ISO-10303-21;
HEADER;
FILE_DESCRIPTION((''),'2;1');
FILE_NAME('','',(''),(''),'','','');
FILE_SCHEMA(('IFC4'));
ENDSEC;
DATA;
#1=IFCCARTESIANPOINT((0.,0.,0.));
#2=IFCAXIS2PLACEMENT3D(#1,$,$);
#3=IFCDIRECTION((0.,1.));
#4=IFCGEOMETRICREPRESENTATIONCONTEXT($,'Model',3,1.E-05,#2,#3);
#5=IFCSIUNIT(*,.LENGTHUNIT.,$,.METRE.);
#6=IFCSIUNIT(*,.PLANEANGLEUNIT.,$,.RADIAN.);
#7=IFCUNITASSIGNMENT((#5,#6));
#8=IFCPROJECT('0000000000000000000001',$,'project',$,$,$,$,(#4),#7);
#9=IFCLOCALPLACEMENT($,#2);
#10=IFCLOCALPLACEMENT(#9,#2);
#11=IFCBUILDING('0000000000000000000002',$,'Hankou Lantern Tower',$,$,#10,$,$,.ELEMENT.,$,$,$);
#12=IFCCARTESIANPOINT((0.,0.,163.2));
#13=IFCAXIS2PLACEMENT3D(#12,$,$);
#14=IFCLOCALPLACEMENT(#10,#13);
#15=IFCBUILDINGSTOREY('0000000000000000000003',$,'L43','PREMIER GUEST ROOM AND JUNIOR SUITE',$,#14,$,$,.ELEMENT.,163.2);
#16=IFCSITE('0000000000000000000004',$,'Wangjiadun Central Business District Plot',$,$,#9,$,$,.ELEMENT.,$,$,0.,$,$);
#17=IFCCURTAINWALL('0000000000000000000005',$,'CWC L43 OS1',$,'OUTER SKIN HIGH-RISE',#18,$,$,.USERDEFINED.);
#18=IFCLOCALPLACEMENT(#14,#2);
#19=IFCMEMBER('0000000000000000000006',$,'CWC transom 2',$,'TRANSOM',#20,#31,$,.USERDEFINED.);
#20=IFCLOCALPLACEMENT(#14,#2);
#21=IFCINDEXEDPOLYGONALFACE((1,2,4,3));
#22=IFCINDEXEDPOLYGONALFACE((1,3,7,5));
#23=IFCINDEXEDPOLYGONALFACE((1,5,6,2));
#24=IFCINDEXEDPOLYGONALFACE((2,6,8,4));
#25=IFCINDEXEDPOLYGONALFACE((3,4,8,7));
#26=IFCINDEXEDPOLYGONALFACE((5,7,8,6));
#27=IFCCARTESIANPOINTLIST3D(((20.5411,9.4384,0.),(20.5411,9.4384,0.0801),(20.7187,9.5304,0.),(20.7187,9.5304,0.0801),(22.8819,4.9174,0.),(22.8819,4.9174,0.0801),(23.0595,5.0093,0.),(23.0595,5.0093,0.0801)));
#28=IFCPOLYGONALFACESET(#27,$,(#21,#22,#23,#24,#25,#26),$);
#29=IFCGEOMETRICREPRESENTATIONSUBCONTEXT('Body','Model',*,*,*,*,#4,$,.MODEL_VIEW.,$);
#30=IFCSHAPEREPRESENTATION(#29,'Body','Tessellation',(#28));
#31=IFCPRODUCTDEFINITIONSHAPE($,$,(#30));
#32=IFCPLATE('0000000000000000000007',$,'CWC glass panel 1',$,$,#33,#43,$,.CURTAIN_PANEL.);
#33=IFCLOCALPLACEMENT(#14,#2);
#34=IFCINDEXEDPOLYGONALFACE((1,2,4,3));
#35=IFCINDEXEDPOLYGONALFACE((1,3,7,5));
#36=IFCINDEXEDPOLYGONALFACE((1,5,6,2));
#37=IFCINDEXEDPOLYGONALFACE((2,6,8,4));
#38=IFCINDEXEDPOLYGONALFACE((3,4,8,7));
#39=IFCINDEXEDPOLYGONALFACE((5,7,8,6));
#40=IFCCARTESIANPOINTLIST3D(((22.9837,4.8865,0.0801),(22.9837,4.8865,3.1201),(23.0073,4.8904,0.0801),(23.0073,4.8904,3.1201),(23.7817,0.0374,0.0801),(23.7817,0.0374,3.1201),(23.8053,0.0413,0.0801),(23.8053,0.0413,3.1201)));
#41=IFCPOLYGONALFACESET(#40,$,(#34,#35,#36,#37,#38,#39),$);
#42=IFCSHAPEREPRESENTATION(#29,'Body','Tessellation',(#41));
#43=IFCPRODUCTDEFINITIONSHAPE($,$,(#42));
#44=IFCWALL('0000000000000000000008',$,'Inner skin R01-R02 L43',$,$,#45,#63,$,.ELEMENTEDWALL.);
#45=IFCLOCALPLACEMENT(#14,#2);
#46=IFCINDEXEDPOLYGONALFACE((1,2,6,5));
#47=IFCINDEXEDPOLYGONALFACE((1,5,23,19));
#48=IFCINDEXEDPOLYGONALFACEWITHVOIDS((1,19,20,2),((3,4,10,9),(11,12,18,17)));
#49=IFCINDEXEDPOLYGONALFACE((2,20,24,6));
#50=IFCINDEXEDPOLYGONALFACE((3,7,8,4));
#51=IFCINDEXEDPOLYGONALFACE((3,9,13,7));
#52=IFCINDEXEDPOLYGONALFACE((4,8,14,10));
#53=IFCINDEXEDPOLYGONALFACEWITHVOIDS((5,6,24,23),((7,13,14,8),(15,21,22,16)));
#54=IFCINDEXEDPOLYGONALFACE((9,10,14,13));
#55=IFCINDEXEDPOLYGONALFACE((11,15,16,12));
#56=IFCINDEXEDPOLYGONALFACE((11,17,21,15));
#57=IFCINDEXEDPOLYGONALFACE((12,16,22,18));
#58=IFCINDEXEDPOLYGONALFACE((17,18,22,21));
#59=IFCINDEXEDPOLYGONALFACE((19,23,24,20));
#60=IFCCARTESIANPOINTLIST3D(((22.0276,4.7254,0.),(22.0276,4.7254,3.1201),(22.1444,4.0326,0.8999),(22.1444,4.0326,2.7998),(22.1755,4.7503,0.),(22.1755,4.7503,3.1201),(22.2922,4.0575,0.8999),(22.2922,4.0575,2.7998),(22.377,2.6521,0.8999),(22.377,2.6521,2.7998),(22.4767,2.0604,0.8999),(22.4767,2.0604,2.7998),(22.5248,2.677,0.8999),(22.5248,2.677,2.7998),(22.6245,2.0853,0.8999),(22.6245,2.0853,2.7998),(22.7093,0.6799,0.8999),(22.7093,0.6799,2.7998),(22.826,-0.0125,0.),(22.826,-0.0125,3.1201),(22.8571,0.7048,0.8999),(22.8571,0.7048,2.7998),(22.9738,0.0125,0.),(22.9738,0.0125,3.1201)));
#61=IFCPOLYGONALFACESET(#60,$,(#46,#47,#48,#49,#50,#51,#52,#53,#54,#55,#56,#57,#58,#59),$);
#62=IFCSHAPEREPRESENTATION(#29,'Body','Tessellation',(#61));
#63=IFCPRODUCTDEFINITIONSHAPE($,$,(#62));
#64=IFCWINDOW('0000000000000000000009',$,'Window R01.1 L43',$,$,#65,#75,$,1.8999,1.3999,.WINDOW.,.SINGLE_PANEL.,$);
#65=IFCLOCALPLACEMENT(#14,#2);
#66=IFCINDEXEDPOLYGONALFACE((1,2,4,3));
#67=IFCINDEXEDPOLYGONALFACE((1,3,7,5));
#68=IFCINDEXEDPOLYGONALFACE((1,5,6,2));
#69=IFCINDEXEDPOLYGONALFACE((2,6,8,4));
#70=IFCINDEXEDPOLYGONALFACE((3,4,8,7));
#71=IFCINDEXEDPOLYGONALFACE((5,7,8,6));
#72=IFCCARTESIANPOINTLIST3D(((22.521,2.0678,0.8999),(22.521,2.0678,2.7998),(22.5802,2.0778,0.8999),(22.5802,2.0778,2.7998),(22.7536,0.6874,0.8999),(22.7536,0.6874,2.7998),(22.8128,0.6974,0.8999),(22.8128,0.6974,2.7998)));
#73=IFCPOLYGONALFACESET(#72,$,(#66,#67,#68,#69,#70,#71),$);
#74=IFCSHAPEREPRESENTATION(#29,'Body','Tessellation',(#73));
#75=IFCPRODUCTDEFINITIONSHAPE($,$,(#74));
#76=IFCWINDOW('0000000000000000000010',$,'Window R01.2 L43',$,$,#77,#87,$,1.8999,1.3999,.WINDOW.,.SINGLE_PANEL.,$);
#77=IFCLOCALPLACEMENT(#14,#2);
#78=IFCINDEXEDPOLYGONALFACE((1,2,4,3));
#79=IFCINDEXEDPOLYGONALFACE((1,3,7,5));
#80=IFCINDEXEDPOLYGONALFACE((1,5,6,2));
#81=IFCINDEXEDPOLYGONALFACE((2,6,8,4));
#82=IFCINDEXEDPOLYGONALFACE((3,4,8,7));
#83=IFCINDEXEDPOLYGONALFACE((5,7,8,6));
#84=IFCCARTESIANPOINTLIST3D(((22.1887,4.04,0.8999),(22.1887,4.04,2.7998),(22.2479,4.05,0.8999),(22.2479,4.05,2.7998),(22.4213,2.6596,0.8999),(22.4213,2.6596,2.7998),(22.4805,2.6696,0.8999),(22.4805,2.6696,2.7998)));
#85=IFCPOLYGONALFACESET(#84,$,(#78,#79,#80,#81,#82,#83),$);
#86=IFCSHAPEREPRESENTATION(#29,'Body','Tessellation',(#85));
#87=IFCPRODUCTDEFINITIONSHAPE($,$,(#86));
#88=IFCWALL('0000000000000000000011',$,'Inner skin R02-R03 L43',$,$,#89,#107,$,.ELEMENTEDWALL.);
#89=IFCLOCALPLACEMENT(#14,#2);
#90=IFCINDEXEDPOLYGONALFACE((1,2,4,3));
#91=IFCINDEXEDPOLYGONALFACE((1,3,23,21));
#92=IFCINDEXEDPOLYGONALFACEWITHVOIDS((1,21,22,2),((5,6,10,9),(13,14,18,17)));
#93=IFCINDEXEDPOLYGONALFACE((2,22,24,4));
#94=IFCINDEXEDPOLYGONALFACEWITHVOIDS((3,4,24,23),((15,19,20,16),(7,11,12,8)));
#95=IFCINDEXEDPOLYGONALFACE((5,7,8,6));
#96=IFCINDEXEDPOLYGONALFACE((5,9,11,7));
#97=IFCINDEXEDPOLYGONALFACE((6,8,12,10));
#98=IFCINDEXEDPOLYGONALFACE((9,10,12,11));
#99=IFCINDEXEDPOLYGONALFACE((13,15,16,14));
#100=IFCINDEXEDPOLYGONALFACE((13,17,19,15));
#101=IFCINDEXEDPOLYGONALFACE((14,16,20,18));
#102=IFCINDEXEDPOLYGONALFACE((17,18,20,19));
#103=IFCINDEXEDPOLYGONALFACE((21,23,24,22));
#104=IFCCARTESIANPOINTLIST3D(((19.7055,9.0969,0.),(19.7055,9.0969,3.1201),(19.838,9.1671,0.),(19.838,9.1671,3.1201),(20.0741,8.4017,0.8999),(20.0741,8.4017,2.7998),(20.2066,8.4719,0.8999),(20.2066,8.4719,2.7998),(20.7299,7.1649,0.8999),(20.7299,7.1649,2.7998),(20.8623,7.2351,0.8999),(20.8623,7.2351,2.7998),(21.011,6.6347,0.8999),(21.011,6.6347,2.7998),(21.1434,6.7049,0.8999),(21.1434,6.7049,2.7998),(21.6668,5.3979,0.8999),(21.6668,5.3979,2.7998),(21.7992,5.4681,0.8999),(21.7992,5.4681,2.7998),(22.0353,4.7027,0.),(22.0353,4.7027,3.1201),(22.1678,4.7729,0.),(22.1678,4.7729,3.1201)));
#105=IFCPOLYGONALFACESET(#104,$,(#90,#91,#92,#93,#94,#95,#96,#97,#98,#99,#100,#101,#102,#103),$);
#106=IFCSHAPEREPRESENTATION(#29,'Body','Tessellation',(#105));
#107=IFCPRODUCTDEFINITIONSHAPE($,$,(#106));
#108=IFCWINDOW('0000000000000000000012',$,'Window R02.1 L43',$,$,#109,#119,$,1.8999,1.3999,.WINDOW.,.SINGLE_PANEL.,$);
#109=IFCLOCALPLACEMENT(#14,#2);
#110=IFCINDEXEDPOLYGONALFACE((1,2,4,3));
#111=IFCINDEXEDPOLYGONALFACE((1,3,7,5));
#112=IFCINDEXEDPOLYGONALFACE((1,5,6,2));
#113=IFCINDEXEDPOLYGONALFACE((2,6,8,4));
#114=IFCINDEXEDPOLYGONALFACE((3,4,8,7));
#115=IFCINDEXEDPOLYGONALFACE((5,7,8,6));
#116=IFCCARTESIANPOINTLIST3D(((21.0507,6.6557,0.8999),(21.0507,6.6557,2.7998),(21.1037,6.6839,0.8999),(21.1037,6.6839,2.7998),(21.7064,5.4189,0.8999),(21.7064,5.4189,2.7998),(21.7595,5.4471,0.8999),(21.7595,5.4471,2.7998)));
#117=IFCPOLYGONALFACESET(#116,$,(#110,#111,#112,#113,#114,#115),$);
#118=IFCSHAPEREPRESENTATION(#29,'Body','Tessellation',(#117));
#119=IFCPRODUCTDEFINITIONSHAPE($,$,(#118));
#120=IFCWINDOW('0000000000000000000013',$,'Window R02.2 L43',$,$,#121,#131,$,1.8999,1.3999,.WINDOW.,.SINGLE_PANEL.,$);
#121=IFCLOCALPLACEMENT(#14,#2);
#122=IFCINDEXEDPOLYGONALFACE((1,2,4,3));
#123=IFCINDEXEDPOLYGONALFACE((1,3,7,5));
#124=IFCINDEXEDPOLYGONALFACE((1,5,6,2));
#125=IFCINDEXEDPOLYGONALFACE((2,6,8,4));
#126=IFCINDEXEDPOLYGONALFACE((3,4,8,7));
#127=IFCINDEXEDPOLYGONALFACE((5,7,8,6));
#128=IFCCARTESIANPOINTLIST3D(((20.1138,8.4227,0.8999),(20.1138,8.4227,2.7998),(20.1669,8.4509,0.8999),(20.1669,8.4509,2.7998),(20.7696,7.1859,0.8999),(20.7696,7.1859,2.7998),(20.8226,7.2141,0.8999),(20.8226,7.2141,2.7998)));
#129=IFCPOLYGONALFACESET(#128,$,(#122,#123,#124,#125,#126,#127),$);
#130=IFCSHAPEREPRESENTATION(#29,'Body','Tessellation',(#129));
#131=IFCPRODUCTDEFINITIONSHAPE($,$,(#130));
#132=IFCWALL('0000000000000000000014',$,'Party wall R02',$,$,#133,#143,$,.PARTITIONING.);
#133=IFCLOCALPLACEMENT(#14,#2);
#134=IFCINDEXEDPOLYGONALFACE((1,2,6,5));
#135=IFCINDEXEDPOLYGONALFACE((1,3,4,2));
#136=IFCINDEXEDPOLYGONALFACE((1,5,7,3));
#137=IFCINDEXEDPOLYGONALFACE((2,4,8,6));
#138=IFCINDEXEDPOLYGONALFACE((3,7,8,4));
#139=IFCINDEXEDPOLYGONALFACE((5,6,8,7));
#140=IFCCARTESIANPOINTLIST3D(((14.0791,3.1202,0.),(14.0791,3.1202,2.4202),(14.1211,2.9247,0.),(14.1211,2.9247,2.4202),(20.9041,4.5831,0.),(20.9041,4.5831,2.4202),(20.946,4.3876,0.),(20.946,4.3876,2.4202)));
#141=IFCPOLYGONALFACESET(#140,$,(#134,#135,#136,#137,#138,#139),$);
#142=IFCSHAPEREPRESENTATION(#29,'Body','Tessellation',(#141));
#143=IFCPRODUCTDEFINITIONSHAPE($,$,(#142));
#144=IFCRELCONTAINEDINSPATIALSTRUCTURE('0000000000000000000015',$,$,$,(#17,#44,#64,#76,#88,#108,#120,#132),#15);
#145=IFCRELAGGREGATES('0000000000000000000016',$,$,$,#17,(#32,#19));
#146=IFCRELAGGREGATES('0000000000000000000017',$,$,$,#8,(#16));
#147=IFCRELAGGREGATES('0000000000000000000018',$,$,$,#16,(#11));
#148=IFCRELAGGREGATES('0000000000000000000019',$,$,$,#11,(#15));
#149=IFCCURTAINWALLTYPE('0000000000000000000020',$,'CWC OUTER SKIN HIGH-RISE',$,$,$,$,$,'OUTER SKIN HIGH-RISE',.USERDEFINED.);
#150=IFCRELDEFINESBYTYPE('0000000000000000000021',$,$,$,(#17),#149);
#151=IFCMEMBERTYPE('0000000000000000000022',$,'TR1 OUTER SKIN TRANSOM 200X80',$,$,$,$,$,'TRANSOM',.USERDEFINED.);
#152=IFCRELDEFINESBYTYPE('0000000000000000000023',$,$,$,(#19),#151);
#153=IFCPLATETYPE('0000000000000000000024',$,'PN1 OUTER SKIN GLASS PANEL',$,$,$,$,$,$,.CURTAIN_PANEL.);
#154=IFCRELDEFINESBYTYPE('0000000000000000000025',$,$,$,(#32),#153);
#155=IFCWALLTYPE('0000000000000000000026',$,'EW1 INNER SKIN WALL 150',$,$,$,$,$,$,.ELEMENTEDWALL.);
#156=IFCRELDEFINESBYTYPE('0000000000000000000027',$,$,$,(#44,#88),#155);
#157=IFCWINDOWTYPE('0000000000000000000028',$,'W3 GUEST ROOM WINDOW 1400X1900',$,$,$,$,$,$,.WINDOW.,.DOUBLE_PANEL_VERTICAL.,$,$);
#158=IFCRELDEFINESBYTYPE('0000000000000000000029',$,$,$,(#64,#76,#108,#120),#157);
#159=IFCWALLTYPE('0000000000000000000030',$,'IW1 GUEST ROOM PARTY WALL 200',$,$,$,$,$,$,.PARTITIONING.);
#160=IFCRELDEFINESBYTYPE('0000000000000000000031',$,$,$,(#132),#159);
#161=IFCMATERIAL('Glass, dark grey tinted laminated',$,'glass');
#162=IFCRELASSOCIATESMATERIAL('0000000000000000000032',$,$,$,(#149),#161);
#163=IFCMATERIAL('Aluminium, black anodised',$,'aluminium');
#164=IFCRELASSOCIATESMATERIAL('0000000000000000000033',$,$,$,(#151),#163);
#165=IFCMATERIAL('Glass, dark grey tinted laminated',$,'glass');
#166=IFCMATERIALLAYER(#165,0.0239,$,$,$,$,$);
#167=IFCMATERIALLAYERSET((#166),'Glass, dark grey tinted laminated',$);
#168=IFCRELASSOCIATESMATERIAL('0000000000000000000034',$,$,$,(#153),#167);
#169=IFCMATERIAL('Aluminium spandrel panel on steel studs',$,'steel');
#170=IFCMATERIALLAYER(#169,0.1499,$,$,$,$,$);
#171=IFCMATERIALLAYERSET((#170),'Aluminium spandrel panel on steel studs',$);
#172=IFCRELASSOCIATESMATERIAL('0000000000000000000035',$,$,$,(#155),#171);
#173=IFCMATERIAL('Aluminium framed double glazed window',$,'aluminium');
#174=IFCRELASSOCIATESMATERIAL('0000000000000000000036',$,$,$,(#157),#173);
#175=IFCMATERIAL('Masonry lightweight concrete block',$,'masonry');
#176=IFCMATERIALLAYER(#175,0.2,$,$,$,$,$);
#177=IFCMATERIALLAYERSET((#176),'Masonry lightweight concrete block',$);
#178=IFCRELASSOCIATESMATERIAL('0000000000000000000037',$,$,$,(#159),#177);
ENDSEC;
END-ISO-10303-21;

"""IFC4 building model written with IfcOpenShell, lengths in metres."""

from ifc_helpers import new_model, si_unit, direction, frame, frame_2d, origin, origin_2d, place, context, subcontext, project, spatial, rectangle, extrude, material, layer, layer_set, material_profile, profile_set, type_object, element, fill, aggregate, save


model = new_model("IFC4")

# Units and contexts
model_context = context("Model", 3, precision=1e-05, world=origin(), true_north=direction((0.0, 1.0)))
body_context = subcontext(model_context, "Body", "Model", "MODEL_VIEW")
ifc_project = project(units=[si_unit("LENGTHUNIT", "METRE"), si_unit("PLANEANGLEUNIT", "RADIAN")], contexts=[model_context])

# Site, building, storey
site_placement = place(None, origin())
site = spatial("IfcSite", under=ifc_project, at=site_placement, Name="Wangjiadun Central Business District Plot", CompositionType="ELEMENT", RefElevation=0.0)
building_placement = place(site_placement, origin())
building = spatial("IfcBuilding", under=site, at=building_placement, Name="Hankou Lantern Tower", CompositionType="ELEMENT")
storey_placement = place(building_placement, frame((0.0, 0.0, 163.2)))
storey = spatial("IfcBuildingStorey", under=building, at=storey_placement, Name="L43", Description="PREMIER GUEST ROOM AND JUNIOR SUITE", CompositionType="ELEMENT", Elevation=163.2)

# Curtain wall
ifc_material_1 = material(Name="Glass, dark grey tinted laminated", Category="glass")
curtain_wall_type = type_object("IfcCurtainWallType", Name="CWC OUTER SKIN HIGH-RISE", ElementType="OUTER SKIN HIGH-RISE", PredefinedType="USERDEFINED", material=ifc_material_1)
curtain_wall_placement = place(storey_placement, origin())
curtain_wall = element("IfcCurtainWall", 1, at=curtain_wall_placement, inside=storey, type_object=curtain_wall_type, Name="CWC L43 OS1", ObjectType="OUTER SKIN HIGH-RISE", PredefinedType="USERDEFINED")

# Member
ifc_material_2 = material(Name="Aluminium, black anodised", Category="aluminium")
ifc_material_profile_1 = material_profile(ifc_material_2, rectangle(XDim=0.2, YDim=0.0801, at=origin_2d()), Name="TR1 200X80")
ifc_profile_set_1 = profile_set([ifc_material_profile_1], Name="Aluminium, black anodised")
member_type_1 = type_object("IfcMemberType", Name="TR1 OUTER SKIN TRANSOM 200X80", ElementType="TRANSOM", PredefinedType="USERDEFINED", material=ifc_profile_set_1)
member_1_placement = place(storey_placement, frame((22.9707, 4.9634, 0.04), z_axis=(-0.459791, 0.888027, 0.0), x_axis=(-0.888027, -0.459791, 0.0)))
member_1 = element("IfcMember", 2, at=member_1_placement, type_object=member_type_1, Name="CWC transom 2", ObjectType="TRANSOM", PredefinedType="USERDEFINED", context=body_context, shape_type="SweptSolid", body=[
    extrude(rectangle(XDim=0.2, YDim=0.0801, at=origin_2d()), origin(), (0.0, 0.0, 1.0), 5.0911),
])

# Plate
ifc_material_3 = material(Name="Glass, dark grey tinted laminated", Category="glass")
ifc_layer_1 = layer(ifc_material_3, 0.0239)
ifc_layer_set_1 = layer_set([ifc_layer_1], Name="Glass, dark grey tinted laminated")
plate_type = type_object("IfcPlateType", Name="PN1 OUTER SKIN GLASS PANEL", PredefinedType="CURTAIN_PANEL", material=ifc_layer_set_1)
plate_placement = place(storey_placement, frame((23.3945, 2.4639, 0.0801), z_axis=(0.0, 0.0, 1.0), x_axis=(-0.162382, 0.986728, 0.0)))
plate = element("IfcPlate", 3, at=plate_placement, type_object=plate_type, Name="CWC glass panel 1", PredefinedType="CURTAIN_PANEL", context=body_context, shape_type="SweptSolid", body=[
    extrude(rectangle(XDim=4.9143, YDim=0.0239, at=origin_2d()), origin(), (0.0, 0.0, 1.0), 3.04),
])
aggregate(curtain_wall, [plate, member_1])

# Walls, openings, windows
ifc_material_4 = material(Name="Aluminium spandrel panel on steel studs", Category="steel")
ifc_layer_2 = layer(ifc_material_4, 0.1499)
ifc_layer_set_2 = layer_set([ifc_layer_2], Name="Aluminium spandrel panel on steel studs")
wall_type_1 = type_object("IfcWallType", Name="EW1 INNER SKIN WALL 150", PredefinedType="ELEMENTEDWALL", material=ifc_layer_set_2)
wall_1_placement = place(storey_placement, frame((22.8999, 0.0, 0.0), z_axis=(0.0, 0.0, 1.0), x_axis=(-0.166162, 0.986098, 0.0)))
wall_1 = element("IfcWall", 4, at=wall_1_placement, inside=storey, type_object=wall_type_1, Name="Inner skin R01-R02 L43", PredefinedType="ELEMENTEDWALL", context=body_context, shape_type="SweptSolid", body=[
    extrude(rectangle(XDim=4.8047, YDim=0.1499, at=frame_2d((2.4023, 0.0))), origin(), (0.0, 0.0, 1.0), 3.1201),
])
opening_1_placement = place(wall_1_placement, frame((0.7021, 0.0, 0.8999)))
opening_1 = element("IfcOpeningElement", 5, at=opening_1_placement, cuts=wall_1, PredefinedType="OPENING", context=body_context, shape_type="SweptSolid", body=[
    extrude(rectangle(XDim=1.3999, YDim=1.8999, at=frame_2d((0.7, 0.95))), frame((0.0, 0.085, 0.0), z_axis=(0.0, -1.0, 0.0), x_axis=(1.0, 0.0, 0.0)), (0.0, 0.0, 1.0), 0.1699),
])
opening_2_placement = place(wall_1_placement, frame((2.7021, 0.0, 0.8999)))
opening_2 = element("IfcOpeningElement", 6, at=opening_2_placement, cuts=wall_1, PredefinedType="OPENING", context=body_context, shape_type="SweptSolid", body=[
    extrude(rectangle(XDim=1.3999, YDim=1.8999, at=frame_2d((0.7, 0.95))), frame((0.0, 0.085, 0.0), z_axis=(0.0, -1.0, 0.0), x_axis=(1.0, 0.0, 0.0)), (0.0, 0.0, 1.0), 0.1699),
])
ifc_material_5 = material(Name="Aluminium framed double glazed window", Category="aluminium")
window_type = type_object("IfcWindowType", Name="W3 GUEST ROOM WINDOW 1400X1900", PartitioningType="DOUBLE_PANEL_VERTICAL", PredefinedType="WINDOW", material=ifc_material_5)
window_1_placement = place(opening_1_placement, origin())
window_1 = element("IfcWindow", 7, at=window_1_placement, inside=storey, type_object=window_type, Name="Window R01.1 L43", OverallHeight=1.8999, OverallWidth=1.3999, PartitioningType="SINGLE_PANEL", PredefinedType="WINDOW", context=body_context, shape_type="SweptSolid", body=[
    extrude(rectangle(XDim=1.3999, YDim=1.8999, at=frame_2d((0.7, 0.95))), frame((0.0, 0.03, 0.0), z_axis=(0.0, -1.0, 0.0), x_axis=(1.0, 0.0, 0.0)), (0.0, 0.0, 1.0), 0.0601),
])
fill(opening_1, window_1)
window_2_placement = place(opening_2_placement, origin())
window_2 = element("IfcWindow", 8, at=window_2_placement, inside=storey, type_object=window_type, Name="Window R01.2 L43", OverallHeight=1.8999, OverallWidth=1.3999, PartitioningType="SINGLE_PANEL", PredefinedType="WINDOW", context=body_context, shape_type="SweptSolid", body=[
    extrude(rectangle(XDim=1.3999, YDim=1.8999, at=frame_2d((0.7, 0.95))), frame((0.0, 0.03, 0.0), z_axis=(0.0, -1.0, 0.0), x_axis=(1.0, 0.0, 0.0)), (0.0, 0.0, 1.0), 0.0601),
])
fill(opening_2, window_2)
wall_2_placement = place(storey_placement, frame((22.1016, 4.7378, 0.0), z_axis=(0.0, 0.0, 1.0), x_axis=(-0.468429, 0.883501, 0.0)))
wall_2 = element("IfcWall", 9, at=wall_2_placement, inside=storey, type_object=wall_type_1, Name="Inner skin R02-R03 L43", PredefinedType="ELEMENTEDWALL", context=body_context, shape_type="SweptSolid", body=[
    extrude(rectangle(XDim=4.9736, YDim=0.1499, at=frame_2d((2.4868, 0.0))), origin(), (0.0, 0.0, 1.0), 3.1201),
])
opening_3_placement = place(wall_2_placement, frame((0.7869, 0.0, 0.8999)))
opening_3 = element("IfcOpeningElement", 10, at=opening_3_placement, cuts=wall_2, PredefinedType="OPENING", context=body_context, shape_type="SweptSolid", body=[
    extrude(rectangle(XDim=1.3999, YDim=1.8999, at=frame_2d((0.7, 0.95))), frame((0.0, 0.085, 0.0), z_axis=(0.0, -1.0, 0.0), x_axis=(1.0, 0.0, 0.0)), (0.0, 0.0, 1.0), 0.1699),
])
opening_4_placement = place(wall_2_placement, frame((2.7869, 0.0, 0.8999)))
opening_4 = element("IfcOpeningElement", 11, at=opening_4_placement, cuts=wall_2, PredefinedType="OPENING", context=body_context, shape_type="SweptSolid", body=[
    extrude(rectangle(XDim=1.3999, YDim=1.8999, at=frame_2d((0.7, 0.95))), frame((0.0, 0.085, 0.0), z_axis=(0.0, -1.0, 0.0), x_axis=(1.0, 0.0, 0.0)), (0.0, 0.0, 1.0), 0.1699),
])
window_3_placement = place(opening_3_placement, origin())
window_3 = element("IfcWindow", 12, at=window_3_placement, inside=storey, type_object=window_type, Name="Window R02.1 L43", OverallHeight=1.8999, OverallWidth=1.3999, PartitioningType="SINGLE_PANEL", PredefinedType="WINDOW", context=body_context, shape_type="SweptSolid", body=[
    extrude(rectangle(XDim=1.3999, YDim=1.8999, at=frame_2d((0.7, 0.95))), frame((0.0, 0.03, 0.0), z_axis=(0.0, -1.0, 0.0), x_axis=(1.0, 0.0, 0.0)), (0.0, 0.0, 1.0), 0.0601),
])
fill(opening_3, window_3)
window_4_placement = place(opening_4_placement, origin())
window_4 = element("IfcWindow", 13, at=window_4_placement, inside=storey, type_object=window_type, Name="Window R02.2 L43", OverallHeight=1.8999, OverallWidth=1.3999, PartitioningType="SINGLE_PANEL", PredefinedType="WINDOW", context=body_context, shape_type="SweptSolid", body=[
    extrude(rectangle(XDim=1.3999, YDim=1.8999, at=frame_2d((0.7, 0.95))), frame((0.0, 0.03, 0.0), z_axis=(0.0, -1.0, 0.0), x_axis=(1.0, 0.0, 0.0)), (0.0, 0.0, 1.0), 0.0601),
])
fill(opening_4, window_4)

# Wall
ifc_material_6 = material(Name="Masonry lightweight concrete block", Category="masonry")
ifc_layer_3 = layer(ifc_material_6, 0.2)
ifc_layer_set_3 = layer_set([ifc_layer_3], Name="Masonry lightweight concrete block")
wall_type_2 = type_object("IfcWallType", Name="IW1 GUEST ROOM PARTY WALL 200", PredefinedType="PARTITIONING", material=ifc_layer_set_3)
wall_3_placement = place(storey_placement, frame((14.1001, 3.0225, 0.0), z_axis=(0.0, 0.0, 1.0), x_axis=(0.977791, 0.209584, 0.0)))
element("IfcWall", 14, at=wall_3_placement, inside=storey, type_object=wall_type_2, Name="Party wall R02", PredefinedType="PARTITIONING", context=body_context, shape_type="SweptSolid", body=[
    extrude(rectangle(XDim=6.98, YDim=0.2, at=frame_2d((3.49, 0.0))), origin(), (0.0, 0.0, 1.0), 2.4202),
])

save(model, "model.ifc")
